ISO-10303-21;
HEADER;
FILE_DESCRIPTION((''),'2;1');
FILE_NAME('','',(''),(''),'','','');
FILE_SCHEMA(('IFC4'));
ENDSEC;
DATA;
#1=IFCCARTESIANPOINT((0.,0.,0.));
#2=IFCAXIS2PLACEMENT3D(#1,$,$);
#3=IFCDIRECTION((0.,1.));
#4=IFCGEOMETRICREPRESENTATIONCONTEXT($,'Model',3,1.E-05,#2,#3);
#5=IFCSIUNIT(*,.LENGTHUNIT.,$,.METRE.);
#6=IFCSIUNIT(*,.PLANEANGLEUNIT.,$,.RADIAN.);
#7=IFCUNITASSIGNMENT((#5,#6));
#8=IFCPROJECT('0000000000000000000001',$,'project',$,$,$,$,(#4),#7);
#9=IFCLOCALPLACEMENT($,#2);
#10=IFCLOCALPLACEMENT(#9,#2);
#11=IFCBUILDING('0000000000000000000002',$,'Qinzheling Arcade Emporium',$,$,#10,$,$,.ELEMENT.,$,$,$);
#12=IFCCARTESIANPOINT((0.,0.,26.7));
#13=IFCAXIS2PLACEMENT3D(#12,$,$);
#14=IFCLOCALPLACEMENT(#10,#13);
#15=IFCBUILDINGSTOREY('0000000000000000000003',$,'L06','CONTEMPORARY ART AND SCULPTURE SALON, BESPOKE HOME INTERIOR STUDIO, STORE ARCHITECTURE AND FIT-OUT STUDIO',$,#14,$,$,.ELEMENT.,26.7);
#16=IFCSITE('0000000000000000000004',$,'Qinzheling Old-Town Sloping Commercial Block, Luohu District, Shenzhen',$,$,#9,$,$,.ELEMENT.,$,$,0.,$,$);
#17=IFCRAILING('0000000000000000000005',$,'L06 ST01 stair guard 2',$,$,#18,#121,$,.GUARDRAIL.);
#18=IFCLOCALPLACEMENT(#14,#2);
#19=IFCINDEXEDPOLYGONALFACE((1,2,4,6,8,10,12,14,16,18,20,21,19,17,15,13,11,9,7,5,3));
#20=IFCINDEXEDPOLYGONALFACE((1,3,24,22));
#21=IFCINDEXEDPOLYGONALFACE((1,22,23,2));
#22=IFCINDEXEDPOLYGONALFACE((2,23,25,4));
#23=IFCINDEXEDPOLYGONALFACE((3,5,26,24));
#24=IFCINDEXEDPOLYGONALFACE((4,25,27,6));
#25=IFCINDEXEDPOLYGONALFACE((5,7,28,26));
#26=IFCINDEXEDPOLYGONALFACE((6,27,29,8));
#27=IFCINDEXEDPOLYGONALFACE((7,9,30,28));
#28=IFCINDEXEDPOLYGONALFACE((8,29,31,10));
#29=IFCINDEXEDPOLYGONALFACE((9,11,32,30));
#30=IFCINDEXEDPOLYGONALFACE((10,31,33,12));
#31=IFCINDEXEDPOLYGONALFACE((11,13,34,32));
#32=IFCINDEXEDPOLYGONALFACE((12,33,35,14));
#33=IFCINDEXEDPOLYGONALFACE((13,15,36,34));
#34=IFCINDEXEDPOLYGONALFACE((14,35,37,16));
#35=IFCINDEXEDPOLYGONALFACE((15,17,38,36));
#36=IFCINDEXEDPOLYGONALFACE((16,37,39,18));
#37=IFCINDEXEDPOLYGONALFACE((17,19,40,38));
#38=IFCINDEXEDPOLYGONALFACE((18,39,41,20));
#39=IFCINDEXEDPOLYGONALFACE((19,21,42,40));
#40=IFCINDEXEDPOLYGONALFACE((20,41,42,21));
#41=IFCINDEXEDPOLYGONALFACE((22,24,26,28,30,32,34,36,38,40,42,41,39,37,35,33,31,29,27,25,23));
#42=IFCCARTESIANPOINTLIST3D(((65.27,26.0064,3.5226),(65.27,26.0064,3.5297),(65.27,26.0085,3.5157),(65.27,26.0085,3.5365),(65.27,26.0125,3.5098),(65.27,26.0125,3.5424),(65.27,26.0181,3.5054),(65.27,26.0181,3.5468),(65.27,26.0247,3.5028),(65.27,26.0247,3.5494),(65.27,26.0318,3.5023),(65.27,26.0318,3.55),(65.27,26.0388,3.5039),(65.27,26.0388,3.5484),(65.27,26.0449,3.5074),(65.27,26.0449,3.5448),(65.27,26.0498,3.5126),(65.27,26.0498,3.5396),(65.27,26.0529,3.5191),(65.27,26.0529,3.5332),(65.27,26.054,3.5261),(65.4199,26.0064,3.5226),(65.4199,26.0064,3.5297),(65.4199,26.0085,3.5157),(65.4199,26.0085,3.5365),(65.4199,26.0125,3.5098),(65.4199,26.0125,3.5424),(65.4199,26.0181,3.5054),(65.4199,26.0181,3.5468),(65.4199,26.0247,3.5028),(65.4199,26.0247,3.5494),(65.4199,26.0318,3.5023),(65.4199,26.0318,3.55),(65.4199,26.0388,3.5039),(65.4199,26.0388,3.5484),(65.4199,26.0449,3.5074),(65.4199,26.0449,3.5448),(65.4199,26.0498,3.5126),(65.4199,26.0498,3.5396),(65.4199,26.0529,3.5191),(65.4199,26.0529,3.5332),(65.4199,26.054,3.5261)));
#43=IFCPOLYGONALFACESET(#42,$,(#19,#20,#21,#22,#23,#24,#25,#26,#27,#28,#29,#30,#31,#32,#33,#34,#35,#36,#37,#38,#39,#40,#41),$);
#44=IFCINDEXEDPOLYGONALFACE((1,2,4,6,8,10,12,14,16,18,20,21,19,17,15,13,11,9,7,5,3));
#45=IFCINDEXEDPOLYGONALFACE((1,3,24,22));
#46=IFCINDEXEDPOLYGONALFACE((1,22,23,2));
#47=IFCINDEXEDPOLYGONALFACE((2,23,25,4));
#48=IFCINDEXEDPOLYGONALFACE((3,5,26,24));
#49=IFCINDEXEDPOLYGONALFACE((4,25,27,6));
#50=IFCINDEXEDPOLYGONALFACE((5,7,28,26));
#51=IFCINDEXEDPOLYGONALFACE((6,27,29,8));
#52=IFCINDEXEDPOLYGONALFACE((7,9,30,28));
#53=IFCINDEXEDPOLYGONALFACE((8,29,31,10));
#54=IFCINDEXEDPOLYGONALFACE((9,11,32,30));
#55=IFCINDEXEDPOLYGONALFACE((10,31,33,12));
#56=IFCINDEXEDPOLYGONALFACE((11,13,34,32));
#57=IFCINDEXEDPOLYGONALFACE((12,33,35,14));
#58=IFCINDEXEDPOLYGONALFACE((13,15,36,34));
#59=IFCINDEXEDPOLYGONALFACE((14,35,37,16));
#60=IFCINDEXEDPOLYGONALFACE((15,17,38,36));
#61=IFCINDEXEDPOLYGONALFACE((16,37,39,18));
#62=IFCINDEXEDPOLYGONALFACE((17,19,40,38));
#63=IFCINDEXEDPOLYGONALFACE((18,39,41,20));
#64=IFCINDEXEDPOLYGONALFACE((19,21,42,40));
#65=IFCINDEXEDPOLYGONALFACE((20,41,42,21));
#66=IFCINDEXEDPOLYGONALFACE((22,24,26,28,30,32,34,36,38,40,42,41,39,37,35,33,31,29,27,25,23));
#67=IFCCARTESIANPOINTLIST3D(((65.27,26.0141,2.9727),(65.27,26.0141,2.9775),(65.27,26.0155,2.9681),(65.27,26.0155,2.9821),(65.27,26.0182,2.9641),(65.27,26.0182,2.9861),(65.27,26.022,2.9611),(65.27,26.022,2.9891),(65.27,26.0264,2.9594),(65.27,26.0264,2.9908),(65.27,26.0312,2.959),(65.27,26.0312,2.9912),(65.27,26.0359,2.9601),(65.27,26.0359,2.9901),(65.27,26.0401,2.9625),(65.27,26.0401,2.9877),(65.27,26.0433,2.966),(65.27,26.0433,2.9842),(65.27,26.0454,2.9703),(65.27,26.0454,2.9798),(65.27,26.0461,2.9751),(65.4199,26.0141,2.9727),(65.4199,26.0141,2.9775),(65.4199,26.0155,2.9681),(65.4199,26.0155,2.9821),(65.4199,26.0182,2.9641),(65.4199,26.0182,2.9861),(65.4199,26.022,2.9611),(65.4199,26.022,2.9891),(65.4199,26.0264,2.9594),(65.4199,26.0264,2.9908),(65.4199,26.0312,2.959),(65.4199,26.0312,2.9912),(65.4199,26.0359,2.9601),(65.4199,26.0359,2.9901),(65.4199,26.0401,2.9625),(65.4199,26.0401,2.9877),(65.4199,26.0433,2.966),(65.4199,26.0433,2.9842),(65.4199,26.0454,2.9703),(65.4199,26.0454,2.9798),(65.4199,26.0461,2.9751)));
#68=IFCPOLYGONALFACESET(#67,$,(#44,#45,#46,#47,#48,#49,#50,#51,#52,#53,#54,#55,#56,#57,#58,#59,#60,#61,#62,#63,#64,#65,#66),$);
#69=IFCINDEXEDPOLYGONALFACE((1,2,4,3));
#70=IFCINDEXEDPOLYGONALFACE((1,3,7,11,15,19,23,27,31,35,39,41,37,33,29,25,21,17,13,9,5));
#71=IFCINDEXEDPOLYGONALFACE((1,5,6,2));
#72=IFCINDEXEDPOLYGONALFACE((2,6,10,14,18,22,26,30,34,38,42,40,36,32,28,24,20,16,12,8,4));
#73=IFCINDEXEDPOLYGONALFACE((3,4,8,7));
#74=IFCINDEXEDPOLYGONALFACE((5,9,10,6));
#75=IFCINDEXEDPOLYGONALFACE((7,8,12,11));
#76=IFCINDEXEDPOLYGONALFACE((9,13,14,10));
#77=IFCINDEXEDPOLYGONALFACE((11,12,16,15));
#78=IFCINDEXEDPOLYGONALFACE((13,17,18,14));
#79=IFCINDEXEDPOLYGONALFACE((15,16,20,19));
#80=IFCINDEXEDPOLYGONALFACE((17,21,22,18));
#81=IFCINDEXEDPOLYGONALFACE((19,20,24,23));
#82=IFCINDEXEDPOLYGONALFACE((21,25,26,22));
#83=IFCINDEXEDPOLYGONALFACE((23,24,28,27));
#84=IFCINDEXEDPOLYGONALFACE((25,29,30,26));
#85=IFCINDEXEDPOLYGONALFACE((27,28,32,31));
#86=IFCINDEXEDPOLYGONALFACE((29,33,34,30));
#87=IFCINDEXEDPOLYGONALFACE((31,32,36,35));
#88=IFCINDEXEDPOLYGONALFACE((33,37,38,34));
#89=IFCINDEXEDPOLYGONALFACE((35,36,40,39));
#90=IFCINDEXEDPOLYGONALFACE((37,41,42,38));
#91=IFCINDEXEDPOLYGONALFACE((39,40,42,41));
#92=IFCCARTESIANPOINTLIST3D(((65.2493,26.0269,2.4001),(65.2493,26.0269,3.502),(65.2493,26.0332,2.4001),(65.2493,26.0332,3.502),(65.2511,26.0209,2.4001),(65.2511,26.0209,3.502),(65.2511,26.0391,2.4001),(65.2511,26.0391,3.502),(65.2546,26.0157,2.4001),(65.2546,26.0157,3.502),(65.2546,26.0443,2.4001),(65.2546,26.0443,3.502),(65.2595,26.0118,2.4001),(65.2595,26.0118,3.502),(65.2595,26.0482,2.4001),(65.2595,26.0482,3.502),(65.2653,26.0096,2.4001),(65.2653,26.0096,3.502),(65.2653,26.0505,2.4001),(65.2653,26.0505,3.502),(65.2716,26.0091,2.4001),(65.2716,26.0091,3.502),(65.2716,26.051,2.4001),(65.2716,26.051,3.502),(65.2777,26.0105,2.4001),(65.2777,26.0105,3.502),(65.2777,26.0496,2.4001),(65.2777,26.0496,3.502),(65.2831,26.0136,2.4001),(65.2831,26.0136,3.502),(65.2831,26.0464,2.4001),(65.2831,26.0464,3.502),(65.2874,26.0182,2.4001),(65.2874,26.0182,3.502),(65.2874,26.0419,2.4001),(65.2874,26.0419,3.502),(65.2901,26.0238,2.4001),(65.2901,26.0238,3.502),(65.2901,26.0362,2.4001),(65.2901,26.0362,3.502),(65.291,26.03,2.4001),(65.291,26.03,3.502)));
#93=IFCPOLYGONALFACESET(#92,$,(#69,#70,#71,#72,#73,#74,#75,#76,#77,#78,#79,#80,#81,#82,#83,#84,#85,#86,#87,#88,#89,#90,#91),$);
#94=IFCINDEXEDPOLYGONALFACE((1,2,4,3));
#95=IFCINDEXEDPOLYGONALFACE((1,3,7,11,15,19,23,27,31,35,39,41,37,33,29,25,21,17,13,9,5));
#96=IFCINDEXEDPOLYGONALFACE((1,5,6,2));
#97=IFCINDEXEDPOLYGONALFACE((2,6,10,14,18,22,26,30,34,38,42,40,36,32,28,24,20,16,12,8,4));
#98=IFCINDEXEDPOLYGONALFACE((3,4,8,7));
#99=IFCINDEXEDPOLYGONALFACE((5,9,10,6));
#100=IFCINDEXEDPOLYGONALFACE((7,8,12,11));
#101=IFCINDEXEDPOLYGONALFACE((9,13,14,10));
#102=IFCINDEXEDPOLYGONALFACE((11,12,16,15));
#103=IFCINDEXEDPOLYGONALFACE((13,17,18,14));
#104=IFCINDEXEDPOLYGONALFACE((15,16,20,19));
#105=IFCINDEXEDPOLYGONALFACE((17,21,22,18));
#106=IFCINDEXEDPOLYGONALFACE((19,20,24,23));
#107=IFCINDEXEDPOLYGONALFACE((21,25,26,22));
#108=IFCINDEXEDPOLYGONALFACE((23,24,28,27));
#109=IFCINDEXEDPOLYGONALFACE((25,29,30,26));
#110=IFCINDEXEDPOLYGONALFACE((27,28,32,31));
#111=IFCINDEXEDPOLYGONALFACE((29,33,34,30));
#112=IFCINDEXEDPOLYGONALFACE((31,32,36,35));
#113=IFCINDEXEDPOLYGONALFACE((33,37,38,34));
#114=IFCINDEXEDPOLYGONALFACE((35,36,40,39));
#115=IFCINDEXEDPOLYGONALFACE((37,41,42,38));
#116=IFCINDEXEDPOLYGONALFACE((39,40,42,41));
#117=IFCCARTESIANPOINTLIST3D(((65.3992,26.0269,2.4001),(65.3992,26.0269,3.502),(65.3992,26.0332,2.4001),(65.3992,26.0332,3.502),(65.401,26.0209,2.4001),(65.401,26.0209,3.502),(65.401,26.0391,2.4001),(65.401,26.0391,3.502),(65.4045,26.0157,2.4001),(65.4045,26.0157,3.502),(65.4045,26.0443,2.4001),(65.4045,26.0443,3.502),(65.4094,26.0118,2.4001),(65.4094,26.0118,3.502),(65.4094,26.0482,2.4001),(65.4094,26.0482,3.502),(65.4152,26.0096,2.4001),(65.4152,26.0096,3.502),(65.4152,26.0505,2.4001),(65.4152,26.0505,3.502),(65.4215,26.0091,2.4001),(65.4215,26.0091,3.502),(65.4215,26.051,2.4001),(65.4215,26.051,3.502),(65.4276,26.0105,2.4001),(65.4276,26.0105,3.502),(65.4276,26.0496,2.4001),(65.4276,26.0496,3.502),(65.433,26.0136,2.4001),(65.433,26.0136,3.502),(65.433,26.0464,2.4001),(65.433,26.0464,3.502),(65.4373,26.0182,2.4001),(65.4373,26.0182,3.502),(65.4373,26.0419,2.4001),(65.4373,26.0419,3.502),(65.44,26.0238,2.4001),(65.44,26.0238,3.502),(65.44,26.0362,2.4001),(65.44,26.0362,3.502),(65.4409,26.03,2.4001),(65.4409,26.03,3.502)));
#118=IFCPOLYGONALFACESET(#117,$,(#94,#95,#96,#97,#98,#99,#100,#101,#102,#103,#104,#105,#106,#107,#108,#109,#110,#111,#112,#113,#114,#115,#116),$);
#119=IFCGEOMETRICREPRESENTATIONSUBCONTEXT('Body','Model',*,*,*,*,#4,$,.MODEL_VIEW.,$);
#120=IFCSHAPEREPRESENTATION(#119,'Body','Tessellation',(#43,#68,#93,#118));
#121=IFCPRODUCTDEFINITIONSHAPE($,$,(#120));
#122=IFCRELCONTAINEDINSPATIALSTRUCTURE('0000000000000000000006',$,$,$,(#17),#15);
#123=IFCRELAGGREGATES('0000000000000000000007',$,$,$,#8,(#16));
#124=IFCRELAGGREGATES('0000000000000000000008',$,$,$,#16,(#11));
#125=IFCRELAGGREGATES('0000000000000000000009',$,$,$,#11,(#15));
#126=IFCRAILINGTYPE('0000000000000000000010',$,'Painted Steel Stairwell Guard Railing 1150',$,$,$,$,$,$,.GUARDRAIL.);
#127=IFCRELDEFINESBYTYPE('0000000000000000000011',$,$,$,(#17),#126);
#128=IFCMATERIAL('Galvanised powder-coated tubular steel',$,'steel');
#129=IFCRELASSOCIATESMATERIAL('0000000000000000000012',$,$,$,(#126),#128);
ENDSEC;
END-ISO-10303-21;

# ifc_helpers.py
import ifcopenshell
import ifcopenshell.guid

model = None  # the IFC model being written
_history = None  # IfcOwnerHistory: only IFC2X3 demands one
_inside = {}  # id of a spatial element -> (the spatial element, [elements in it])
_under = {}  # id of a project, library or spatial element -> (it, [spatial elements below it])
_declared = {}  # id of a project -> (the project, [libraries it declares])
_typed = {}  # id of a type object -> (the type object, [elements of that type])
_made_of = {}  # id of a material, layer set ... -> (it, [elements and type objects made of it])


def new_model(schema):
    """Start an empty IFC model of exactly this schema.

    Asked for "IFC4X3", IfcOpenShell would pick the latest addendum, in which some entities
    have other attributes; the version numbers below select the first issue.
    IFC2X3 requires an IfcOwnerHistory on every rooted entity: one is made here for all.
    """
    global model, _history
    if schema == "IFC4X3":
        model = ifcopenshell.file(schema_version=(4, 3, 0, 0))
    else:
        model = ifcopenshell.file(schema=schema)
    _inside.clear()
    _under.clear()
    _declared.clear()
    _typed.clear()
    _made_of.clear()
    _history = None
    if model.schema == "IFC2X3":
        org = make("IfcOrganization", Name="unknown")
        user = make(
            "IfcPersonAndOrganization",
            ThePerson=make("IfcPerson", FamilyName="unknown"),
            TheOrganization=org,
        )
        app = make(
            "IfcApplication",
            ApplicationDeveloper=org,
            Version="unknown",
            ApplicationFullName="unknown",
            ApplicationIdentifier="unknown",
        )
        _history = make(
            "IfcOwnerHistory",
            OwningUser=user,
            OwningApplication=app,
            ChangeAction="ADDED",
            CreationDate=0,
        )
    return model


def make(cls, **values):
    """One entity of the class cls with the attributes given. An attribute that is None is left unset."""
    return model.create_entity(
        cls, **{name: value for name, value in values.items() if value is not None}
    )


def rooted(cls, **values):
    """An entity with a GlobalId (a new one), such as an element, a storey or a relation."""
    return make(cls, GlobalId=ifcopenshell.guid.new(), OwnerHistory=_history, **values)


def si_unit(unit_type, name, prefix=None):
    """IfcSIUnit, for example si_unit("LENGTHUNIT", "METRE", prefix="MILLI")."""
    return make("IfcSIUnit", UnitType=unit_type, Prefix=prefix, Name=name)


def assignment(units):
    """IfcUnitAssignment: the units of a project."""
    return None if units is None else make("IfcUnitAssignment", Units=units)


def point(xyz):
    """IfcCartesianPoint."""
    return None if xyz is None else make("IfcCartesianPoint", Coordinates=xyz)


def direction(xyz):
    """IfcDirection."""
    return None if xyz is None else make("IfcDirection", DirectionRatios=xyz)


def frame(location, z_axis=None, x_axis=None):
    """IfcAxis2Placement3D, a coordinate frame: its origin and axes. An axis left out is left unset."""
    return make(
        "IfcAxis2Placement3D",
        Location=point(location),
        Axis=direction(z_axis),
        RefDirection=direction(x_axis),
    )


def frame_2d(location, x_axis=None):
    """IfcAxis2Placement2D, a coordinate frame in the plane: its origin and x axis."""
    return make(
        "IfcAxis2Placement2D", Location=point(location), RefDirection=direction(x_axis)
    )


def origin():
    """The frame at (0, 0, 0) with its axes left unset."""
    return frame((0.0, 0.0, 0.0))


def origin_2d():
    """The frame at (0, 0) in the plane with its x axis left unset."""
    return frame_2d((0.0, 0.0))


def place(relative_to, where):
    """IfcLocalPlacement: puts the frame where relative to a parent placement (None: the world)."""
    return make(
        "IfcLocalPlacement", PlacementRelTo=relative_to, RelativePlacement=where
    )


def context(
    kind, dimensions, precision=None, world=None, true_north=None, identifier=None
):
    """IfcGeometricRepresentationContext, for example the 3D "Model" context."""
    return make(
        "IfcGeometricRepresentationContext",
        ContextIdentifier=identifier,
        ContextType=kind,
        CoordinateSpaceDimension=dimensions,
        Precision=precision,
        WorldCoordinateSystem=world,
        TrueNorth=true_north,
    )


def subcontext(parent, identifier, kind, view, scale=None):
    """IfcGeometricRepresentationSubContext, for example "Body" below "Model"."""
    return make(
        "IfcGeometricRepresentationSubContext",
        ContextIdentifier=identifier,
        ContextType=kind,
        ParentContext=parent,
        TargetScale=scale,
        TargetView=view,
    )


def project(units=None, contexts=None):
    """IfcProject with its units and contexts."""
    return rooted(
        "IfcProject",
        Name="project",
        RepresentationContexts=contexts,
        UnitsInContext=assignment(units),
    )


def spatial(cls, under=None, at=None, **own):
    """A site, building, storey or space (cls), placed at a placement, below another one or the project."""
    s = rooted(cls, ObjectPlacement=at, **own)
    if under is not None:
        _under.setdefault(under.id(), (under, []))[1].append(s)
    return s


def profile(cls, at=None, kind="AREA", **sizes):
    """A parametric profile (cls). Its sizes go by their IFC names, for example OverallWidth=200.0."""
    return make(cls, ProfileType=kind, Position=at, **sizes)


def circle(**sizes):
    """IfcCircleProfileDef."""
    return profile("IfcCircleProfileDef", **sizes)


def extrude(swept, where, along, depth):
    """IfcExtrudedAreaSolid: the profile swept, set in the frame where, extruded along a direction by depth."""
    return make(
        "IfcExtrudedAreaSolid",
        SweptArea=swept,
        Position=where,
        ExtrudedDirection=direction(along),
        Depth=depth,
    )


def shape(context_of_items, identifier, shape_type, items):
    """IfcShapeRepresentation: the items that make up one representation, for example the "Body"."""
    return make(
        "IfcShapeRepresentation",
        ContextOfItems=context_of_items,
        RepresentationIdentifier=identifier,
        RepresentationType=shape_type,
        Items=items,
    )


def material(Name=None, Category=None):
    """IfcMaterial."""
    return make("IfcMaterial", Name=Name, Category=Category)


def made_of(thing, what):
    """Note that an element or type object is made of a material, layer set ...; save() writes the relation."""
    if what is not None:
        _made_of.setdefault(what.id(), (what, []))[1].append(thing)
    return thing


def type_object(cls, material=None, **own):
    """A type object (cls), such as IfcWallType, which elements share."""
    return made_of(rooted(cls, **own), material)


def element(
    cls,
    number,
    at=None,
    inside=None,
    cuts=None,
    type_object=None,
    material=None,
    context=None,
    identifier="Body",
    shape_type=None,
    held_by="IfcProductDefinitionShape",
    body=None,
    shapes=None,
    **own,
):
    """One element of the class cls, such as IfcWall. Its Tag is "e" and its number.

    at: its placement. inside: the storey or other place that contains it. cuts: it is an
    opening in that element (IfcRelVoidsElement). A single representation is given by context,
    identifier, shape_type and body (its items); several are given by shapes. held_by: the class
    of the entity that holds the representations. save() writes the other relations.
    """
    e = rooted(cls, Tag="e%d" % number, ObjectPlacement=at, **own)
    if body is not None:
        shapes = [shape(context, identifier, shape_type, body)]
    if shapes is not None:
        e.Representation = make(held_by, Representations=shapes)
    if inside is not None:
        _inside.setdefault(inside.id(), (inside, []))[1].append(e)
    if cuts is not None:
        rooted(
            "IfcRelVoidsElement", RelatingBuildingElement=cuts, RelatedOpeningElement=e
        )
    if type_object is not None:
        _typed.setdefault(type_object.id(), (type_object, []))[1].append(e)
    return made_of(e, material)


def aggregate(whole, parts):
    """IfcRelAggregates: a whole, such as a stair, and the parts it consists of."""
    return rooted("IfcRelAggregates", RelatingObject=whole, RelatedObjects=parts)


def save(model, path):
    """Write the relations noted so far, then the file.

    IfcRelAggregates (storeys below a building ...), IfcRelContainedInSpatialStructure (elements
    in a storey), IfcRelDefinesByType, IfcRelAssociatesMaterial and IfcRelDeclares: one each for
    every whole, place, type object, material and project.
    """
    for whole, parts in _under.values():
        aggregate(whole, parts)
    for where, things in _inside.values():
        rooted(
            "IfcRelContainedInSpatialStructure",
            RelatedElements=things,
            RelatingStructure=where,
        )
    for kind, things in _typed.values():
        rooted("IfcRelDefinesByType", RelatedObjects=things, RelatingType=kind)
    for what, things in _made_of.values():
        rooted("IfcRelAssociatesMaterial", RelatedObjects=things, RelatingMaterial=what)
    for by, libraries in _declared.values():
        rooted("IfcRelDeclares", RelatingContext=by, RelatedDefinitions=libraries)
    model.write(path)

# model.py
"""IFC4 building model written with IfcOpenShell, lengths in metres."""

from ifc_helpers import new_model, si_unit, direction, frame, origin, origin_2d, place, context, subcontext, project, spatial, circle, extrude, material, type_object, element, save


model = new_model("IFC4")

# Units and contexts
model_context = context("Model", 3, precision=1e-05, world=origin(), true_north=direction((0.0, 1.0)))
body_context = subcontext(model_context, "Body", "Model", "MODEL_VIEW")
ifc_project = project(units=[si_unit("LENGTHUNIT", "METRE"), si_unit("PLANEANGLEUNIT", "RADIAN")], contexts=[model_context])

# Site, building, storey
site_placement = place(None, origin())
site = spatial("IfcSite", under=ifc_project, at=site_placement, Name="Qinzheling Old-Town Sloping Commercial Block, Luohu District, Shenzhen", CompositionType="ELEMENT", RefElevation=0.0)
building_placement = place(site_placement, origin())
building = spatial("IfcBuilding", under=site, at=building_placement, Name="Qinzheling Arcade Emporium", CompositionType="ELEMENT")
storey_placement = place(building_placement, frame((0.0, 0.0, 26.7)))
storey = spatial("IfcBuildingStorey", under=building, at=storey_placement, Name="L06", Description="CONTEMPORARY ART AND SCULPTURE SALON, BESPOKE HOME INTERIOR STUDIO, STORE ARCHITECTURE AND FIT-OUT STUDIO", CompositionType="ELEMENT", Elevation=26.7)

# Railing
ifc_material_1 = material(Name="Galvanised powder-coated tubular steel", Category="steel")
railing_type_1 = type_object("IfcRailingType", Name="Painted Steel Stairwell Guard Railing 1150", PredefinedType="GUARDRAIL", material=ifc_material_1)
railing_1_placement = place(storey_placement, frame((65.27, 26.03, 2.4001)))
element("IfcRailing", 1, at=railing_1_placement, inside=storey, type_object=railing_type_1, Name="L06 ST01 stair guard 2", PredefinedType="GUARDRAIL", context=body_context, shape_type="SweptSolid", body=[
    extrude(circle(Radius=0.0239, at=origin_2d()), frame((0.0, 0.0, 1.126), z_axis=(1.0, 0.0, 0.0), x_axis=(0.0, 1.0, 0.0)), (0.0, 0.0, 1.0), 0.1499),
    extrude(circle(Radius=0.0161, at=origin_2d()), frame((0.0, 0.0, 0.575), z_axis=(1.0, 0.0, 0.0), x_axis=(0.0, 1.0, 0.0)), (0.0, 0.0, 1.0), 0.1499),
    extrude(circle(Radius=0.021, at=origin_2d()), origin(), (0.0, 0.0, 1.0), 1.1018),
    extrude(circle(Radius=0.021, at=origin_2d()), frame((0.1499, 0.0, 0.0)), (0.0, 0.0, 1.0), 1.1018),
])

save(model, "model.ifc")
